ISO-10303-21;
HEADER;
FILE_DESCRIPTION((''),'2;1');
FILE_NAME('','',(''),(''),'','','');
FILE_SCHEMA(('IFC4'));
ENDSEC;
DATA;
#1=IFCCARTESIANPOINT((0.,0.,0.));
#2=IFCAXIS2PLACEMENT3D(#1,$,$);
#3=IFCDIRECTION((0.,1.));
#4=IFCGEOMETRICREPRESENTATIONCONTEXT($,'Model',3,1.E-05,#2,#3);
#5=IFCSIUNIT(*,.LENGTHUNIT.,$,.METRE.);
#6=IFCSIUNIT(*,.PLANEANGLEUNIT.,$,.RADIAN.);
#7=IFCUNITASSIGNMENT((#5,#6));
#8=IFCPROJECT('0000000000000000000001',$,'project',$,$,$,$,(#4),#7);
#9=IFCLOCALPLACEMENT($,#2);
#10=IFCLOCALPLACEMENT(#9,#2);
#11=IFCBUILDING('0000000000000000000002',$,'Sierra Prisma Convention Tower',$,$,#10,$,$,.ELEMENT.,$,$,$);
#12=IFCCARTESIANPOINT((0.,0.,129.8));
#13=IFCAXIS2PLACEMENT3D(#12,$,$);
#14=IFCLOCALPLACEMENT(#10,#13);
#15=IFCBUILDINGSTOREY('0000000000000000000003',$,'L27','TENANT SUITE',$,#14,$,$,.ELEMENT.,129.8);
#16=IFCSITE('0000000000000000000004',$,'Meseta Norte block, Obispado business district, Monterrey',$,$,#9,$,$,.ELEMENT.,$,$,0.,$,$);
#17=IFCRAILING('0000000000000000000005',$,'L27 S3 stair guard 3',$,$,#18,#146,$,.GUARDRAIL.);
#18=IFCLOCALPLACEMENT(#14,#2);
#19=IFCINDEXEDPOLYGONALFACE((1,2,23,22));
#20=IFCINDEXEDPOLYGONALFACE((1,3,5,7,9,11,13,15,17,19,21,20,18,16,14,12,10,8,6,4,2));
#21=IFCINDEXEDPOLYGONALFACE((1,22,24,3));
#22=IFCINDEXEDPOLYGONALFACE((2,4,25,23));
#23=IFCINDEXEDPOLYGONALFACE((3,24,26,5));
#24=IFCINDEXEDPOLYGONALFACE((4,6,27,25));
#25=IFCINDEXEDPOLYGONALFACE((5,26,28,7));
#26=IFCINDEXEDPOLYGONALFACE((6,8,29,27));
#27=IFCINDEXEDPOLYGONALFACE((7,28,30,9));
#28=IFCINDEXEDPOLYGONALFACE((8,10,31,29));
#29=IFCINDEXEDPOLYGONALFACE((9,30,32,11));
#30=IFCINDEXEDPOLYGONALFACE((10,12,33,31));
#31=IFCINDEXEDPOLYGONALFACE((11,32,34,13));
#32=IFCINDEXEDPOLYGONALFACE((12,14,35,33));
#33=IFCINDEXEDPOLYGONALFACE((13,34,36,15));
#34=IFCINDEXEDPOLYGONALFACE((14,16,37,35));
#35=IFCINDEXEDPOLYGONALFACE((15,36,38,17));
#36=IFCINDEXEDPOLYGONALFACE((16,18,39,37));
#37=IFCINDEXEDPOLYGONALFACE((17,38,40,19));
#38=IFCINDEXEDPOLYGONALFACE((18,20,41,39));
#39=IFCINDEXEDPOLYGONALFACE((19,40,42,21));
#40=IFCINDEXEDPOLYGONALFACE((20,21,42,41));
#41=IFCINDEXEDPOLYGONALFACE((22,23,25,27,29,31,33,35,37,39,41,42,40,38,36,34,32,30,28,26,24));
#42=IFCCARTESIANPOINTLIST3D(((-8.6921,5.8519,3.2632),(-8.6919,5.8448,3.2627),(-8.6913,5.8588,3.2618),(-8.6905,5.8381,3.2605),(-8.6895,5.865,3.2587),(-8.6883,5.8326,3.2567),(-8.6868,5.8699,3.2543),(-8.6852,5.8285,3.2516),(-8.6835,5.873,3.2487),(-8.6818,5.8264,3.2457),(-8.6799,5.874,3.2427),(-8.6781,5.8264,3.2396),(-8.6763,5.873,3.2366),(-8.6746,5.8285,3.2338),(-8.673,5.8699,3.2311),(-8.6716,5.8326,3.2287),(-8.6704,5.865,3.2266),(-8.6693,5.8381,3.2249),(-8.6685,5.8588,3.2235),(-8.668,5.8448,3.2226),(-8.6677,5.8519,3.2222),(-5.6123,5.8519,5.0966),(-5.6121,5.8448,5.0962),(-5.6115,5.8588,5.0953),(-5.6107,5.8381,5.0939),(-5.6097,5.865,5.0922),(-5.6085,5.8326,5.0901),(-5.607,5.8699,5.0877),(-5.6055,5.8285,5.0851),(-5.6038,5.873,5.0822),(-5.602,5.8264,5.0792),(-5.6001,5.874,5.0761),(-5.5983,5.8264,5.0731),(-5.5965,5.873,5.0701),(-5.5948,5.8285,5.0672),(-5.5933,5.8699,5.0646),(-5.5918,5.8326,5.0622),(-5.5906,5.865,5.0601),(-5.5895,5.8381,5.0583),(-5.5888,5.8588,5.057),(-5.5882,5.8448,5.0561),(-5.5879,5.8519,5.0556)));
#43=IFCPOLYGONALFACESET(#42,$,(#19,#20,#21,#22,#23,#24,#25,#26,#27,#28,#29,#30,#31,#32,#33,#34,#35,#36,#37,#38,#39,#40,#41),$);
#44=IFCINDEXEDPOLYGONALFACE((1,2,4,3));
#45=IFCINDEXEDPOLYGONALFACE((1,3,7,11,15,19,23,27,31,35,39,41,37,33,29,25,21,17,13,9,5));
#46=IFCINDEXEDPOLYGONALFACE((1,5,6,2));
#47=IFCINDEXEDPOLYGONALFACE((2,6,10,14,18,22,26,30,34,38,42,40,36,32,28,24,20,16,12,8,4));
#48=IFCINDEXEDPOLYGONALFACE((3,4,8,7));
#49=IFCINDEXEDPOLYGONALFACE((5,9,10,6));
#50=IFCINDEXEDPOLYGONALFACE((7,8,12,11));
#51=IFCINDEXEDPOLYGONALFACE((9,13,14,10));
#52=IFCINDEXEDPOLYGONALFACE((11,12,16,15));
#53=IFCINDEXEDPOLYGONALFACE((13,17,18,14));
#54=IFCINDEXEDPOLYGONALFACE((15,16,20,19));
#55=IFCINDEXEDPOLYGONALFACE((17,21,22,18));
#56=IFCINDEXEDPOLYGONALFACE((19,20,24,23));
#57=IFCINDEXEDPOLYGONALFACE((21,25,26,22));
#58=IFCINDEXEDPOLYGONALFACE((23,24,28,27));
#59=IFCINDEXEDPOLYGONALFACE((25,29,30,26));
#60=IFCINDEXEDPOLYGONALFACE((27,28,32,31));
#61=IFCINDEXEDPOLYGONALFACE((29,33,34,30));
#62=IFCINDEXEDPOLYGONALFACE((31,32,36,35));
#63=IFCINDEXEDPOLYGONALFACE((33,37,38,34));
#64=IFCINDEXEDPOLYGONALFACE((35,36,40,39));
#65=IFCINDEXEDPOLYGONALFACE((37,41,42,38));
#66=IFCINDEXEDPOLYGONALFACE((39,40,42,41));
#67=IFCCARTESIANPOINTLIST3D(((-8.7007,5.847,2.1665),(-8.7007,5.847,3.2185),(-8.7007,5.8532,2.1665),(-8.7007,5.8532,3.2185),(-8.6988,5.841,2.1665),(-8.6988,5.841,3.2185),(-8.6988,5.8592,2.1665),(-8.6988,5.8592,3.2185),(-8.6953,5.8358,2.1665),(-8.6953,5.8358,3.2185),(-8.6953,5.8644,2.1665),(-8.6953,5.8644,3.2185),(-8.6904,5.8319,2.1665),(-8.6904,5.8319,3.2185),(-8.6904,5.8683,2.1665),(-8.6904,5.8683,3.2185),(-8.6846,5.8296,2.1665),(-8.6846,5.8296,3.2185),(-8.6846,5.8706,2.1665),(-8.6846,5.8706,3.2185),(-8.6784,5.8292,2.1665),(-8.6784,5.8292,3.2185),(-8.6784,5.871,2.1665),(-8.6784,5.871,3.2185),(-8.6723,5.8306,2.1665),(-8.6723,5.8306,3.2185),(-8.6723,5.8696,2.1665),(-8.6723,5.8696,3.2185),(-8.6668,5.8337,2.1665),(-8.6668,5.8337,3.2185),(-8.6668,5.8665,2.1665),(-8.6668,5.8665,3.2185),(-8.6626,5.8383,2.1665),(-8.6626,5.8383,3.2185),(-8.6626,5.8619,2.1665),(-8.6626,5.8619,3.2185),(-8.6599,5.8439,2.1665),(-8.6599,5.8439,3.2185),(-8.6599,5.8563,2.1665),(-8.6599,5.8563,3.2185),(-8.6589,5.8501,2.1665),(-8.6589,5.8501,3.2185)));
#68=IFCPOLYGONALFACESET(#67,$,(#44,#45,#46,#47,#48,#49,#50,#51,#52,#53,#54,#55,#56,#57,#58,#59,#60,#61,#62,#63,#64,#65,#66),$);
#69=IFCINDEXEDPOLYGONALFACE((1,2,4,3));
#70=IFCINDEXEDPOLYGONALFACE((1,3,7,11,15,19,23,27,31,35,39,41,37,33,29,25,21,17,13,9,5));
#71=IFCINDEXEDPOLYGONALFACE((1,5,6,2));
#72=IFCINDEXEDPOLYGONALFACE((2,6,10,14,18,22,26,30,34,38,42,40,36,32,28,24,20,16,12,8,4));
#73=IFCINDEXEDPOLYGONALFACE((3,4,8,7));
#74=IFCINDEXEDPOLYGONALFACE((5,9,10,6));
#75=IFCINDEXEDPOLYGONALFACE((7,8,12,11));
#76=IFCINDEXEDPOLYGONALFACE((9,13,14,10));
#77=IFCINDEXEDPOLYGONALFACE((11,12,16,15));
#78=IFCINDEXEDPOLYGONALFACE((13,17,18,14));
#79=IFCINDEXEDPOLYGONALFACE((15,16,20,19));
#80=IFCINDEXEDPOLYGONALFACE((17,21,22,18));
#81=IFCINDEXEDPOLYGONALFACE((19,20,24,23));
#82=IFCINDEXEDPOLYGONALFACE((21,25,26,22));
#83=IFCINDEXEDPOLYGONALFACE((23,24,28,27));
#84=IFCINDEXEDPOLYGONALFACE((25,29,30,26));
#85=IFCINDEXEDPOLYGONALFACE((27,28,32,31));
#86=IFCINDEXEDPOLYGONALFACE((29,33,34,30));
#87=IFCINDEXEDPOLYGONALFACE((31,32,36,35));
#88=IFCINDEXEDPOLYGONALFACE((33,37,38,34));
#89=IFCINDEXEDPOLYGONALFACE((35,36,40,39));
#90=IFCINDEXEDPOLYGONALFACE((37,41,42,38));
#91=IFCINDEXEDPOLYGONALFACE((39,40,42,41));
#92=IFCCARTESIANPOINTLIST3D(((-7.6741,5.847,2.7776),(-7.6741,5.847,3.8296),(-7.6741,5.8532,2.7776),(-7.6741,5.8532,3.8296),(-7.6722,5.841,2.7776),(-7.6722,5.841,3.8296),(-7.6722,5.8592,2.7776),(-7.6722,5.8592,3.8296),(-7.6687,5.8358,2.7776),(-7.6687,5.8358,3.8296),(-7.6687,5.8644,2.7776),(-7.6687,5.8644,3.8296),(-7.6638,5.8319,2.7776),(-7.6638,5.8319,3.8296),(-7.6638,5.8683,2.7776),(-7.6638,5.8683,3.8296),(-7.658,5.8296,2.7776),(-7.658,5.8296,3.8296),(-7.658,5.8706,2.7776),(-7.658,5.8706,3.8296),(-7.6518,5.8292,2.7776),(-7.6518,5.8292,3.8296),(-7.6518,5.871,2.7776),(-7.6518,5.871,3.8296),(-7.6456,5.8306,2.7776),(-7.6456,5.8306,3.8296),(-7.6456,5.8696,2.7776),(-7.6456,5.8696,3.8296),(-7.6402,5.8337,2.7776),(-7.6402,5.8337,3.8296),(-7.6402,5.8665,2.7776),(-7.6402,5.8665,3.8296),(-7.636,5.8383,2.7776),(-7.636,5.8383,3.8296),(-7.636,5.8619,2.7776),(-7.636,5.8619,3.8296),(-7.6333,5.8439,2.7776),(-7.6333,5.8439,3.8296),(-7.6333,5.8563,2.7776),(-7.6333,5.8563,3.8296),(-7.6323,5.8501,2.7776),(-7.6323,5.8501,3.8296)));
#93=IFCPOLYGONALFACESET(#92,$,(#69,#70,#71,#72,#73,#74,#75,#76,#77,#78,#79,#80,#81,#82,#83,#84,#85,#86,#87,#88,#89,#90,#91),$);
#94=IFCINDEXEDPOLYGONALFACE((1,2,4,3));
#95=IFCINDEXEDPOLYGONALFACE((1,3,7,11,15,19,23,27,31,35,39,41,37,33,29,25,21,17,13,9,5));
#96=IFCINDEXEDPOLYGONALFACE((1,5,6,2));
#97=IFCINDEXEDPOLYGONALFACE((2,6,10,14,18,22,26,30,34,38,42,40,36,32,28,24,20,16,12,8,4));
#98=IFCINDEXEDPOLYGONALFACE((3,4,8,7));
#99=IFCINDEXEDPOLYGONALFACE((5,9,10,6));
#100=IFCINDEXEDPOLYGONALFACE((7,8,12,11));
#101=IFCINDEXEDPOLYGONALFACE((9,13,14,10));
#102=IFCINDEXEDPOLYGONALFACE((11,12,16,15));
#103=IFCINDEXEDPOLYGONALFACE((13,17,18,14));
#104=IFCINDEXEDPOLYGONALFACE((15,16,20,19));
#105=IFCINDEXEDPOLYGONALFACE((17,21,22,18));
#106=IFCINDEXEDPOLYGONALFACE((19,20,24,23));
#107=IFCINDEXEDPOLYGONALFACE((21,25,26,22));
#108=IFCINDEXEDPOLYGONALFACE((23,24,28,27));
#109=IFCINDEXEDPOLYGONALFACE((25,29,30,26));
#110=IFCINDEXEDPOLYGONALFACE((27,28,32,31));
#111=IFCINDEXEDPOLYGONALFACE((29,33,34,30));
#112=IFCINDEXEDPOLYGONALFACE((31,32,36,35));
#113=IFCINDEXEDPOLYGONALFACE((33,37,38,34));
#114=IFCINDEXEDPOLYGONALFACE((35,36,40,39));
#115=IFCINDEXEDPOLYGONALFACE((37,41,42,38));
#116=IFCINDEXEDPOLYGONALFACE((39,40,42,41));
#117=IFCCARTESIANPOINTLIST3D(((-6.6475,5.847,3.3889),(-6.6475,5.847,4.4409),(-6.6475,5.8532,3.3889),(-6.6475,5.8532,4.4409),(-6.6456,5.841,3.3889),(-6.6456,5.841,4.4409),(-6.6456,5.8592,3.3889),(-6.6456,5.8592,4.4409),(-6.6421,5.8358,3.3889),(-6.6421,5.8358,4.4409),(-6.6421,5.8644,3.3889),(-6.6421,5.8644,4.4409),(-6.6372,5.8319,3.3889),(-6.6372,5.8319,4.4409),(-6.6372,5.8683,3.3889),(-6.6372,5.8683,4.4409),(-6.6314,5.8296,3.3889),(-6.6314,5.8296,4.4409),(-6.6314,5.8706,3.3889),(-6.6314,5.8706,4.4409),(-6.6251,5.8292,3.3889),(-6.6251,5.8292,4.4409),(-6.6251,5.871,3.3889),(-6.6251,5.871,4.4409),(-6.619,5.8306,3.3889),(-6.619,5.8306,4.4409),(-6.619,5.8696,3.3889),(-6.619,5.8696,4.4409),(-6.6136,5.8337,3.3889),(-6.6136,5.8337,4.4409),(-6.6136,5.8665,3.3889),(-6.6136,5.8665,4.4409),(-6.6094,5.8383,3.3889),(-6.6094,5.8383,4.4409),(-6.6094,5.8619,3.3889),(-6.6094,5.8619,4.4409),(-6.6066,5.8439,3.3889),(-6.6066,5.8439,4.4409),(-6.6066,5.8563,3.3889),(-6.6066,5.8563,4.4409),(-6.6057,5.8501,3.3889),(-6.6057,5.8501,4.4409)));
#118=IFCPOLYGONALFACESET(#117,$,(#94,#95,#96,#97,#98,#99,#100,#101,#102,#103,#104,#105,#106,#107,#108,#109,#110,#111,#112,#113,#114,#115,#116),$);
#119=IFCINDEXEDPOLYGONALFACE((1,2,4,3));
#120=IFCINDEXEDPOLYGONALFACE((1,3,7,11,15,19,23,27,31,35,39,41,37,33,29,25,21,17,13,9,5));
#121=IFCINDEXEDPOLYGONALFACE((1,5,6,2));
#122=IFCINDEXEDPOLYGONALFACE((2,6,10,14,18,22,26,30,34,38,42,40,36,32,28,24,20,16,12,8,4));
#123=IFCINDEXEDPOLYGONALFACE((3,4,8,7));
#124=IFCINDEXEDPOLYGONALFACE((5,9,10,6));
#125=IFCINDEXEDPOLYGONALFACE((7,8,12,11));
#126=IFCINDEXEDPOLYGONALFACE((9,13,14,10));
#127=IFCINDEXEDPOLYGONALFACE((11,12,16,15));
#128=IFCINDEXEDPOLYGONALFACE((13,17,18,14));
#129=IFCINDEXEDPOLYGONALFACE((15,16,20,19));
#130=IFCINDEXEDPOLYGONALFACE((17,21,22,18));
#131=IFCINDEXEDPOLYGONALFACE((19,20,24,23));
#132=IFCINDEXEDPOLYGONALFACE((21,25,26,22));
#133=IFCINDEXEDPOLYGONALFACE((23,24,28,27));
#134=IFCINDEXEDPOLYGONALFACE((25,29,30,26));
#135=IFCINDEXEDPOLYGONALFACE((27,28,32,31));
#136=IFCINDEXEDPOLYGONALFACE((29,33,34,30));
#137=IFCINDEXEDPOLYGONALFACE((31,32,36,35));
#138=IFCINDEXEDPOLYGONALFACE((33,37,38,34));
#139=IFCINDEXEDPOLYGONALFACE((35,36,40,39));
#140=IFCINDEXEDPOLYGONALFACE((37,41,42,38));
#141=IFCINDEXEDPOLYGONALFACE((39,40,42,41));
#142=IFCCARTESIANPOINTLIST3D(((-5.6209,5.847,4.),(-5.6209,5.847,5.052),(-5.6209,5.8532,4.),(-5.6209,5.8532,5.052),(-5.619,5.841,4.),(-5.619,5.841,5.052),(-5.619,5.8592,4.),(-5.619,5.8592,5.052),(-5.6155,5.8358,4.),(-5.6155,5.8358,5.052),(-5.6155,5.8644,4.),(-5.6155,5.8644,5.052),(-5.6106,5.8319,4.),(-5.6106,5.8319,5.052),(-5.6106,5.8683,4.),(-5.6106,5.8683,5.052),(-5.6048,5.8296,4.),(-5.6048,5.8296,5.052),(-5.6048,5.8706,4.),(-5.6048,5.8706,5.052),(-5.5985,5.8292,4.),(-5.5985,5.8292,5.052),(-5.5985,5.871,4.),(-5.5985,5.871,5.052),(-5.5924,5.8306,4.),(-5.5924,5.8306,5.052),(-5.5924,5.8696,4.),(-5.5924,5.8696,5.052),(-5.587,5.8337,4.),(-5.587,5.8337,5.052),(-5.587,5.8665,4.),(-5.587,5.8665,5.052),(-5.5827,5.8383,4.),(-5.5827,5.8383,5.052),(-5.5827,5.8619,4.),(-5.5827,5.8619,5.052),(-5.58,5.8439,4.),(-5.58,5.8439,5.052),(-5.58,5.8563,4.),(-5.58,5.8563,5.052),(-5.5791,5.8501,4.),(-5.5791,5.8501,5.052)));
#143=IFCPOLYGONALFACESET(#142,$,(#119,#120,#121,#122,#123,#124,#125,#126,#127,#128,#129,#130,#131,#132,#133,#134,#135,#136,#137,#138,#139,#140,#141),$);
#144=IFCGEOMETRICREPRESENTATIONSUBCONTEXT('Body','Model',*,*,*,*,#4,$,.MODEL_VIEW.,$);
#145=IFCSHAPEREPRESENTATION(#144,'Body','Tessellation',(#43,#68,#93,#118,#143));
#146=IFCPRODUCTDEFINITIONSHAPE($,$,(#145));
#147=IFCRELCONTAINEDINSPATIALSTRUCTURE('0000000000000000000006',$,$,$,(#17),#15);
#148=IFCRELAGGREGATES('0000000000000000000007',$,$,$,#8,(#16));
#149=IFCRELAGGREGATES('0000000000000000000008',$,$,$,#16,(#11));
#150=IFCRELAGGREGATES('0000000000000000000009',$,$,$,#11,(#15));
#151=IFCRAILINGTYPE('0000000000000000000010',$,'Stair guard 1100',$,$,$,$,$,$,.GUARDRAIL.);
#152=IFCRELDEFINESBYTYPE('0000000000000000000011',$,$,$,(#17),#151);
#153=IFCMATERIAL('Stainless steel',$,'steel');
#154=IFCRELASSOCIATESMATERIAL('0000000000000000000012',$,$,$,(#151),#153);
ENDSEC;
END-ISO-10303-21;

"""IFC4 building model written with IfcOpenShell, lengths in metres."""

from ifc_helpers import new_model, si_unit, direction, frame, origin, origin_2d, place, context, subcontext, project, spatial, circle, extrude, material, type_object, element, save


model = new_model("IFC4")

# Units and contexts
model_context = context("Model", 3, precision=1e-05, world=origin(), true_north=direction((0.0, 1.0)))
body_context = subcontext(model_context, "Body", "Model", "MODEL_VIEW")
ifc_project = project(units=[si_unit("LENGTHUNIT", "METRE"), si_unit("PLANEANGLEUNIT", "RADIAN")], contexts=[model_context])

# Site, building, storey
site_placement = place(None, origin())
site = spatial("IfcSite", under=ifc_project, at=site_placement, Name="Meseta Norte block, Obispado business district, Monterrey", CompositionType="ELEMENT", RefElevation=0.0)
building_placement = place(site_placement, origin())
building = spatial("IfcBuilding", under=site, at=building_placement, Name="Sierra Prisma Convention Tower", CompositionType="ELEMENT")
storey_placement = place(building_placement, frame((0.0, 0.0, 129.8)))
storey = spatial("IfcBuildingStorey", under=building, at=storey_placement, Name="L27", Description="TENANT SUITE", CompositionType="ELEMENT", Elevation=129.8)

# Railing
ifc_material_1 = material(Name="Stainless steel", Category="steel")
railing_type_1 = type_object("IfcRailingType", Name="Stair guard 1100", PredefinedType="GUARDRAIL", material=ifc_material_1)
railing_1_placement = place(storey_placement, frame((-8.6799, 5.8501, 2.1665)))
element("IfcRailing", 1, at=railing_1_placement, inside=storey, type_object=railing_type_1, Name="L27 S3 stair guard 3", PredefinedType="GUARDRAIL", context=body_context, shape_type="SweptSolid", body=[
    extrude(circle(Radius=0.0239, at=origin_2d()), frame((0.0, 0.0, 1.0762), z_axis=(0.859261, 0.0, 0.511538), x_axis=(0.0, 1.0, 0.0)), (0.0, 0.0, 1.0), 3.5842),
    extrude(circle(Radius=0.021, at=origin_2d()), origin(), (0.0, 0.0, 1.0), 1.052),
    extrude(circle(Radius=0.021, at=origin_2d()), frame((1.0266, 0.0, 0.6111)), (0.0, 0.0, 1.0), 1.052),
    extrude(circle(Radius=0.021, at=origin_2d()), frame((2.0532, 0.0, 1.2224)), (0.0, 0.0, 1.0), 1.052),
    extrude(circle(Radius=0.021, at=origin_2d()), frame((3.0798, 0.0, 1.8335)), (0.0, 0.0, 1.0), 1.052),
])

save(model, "model.ifc")
